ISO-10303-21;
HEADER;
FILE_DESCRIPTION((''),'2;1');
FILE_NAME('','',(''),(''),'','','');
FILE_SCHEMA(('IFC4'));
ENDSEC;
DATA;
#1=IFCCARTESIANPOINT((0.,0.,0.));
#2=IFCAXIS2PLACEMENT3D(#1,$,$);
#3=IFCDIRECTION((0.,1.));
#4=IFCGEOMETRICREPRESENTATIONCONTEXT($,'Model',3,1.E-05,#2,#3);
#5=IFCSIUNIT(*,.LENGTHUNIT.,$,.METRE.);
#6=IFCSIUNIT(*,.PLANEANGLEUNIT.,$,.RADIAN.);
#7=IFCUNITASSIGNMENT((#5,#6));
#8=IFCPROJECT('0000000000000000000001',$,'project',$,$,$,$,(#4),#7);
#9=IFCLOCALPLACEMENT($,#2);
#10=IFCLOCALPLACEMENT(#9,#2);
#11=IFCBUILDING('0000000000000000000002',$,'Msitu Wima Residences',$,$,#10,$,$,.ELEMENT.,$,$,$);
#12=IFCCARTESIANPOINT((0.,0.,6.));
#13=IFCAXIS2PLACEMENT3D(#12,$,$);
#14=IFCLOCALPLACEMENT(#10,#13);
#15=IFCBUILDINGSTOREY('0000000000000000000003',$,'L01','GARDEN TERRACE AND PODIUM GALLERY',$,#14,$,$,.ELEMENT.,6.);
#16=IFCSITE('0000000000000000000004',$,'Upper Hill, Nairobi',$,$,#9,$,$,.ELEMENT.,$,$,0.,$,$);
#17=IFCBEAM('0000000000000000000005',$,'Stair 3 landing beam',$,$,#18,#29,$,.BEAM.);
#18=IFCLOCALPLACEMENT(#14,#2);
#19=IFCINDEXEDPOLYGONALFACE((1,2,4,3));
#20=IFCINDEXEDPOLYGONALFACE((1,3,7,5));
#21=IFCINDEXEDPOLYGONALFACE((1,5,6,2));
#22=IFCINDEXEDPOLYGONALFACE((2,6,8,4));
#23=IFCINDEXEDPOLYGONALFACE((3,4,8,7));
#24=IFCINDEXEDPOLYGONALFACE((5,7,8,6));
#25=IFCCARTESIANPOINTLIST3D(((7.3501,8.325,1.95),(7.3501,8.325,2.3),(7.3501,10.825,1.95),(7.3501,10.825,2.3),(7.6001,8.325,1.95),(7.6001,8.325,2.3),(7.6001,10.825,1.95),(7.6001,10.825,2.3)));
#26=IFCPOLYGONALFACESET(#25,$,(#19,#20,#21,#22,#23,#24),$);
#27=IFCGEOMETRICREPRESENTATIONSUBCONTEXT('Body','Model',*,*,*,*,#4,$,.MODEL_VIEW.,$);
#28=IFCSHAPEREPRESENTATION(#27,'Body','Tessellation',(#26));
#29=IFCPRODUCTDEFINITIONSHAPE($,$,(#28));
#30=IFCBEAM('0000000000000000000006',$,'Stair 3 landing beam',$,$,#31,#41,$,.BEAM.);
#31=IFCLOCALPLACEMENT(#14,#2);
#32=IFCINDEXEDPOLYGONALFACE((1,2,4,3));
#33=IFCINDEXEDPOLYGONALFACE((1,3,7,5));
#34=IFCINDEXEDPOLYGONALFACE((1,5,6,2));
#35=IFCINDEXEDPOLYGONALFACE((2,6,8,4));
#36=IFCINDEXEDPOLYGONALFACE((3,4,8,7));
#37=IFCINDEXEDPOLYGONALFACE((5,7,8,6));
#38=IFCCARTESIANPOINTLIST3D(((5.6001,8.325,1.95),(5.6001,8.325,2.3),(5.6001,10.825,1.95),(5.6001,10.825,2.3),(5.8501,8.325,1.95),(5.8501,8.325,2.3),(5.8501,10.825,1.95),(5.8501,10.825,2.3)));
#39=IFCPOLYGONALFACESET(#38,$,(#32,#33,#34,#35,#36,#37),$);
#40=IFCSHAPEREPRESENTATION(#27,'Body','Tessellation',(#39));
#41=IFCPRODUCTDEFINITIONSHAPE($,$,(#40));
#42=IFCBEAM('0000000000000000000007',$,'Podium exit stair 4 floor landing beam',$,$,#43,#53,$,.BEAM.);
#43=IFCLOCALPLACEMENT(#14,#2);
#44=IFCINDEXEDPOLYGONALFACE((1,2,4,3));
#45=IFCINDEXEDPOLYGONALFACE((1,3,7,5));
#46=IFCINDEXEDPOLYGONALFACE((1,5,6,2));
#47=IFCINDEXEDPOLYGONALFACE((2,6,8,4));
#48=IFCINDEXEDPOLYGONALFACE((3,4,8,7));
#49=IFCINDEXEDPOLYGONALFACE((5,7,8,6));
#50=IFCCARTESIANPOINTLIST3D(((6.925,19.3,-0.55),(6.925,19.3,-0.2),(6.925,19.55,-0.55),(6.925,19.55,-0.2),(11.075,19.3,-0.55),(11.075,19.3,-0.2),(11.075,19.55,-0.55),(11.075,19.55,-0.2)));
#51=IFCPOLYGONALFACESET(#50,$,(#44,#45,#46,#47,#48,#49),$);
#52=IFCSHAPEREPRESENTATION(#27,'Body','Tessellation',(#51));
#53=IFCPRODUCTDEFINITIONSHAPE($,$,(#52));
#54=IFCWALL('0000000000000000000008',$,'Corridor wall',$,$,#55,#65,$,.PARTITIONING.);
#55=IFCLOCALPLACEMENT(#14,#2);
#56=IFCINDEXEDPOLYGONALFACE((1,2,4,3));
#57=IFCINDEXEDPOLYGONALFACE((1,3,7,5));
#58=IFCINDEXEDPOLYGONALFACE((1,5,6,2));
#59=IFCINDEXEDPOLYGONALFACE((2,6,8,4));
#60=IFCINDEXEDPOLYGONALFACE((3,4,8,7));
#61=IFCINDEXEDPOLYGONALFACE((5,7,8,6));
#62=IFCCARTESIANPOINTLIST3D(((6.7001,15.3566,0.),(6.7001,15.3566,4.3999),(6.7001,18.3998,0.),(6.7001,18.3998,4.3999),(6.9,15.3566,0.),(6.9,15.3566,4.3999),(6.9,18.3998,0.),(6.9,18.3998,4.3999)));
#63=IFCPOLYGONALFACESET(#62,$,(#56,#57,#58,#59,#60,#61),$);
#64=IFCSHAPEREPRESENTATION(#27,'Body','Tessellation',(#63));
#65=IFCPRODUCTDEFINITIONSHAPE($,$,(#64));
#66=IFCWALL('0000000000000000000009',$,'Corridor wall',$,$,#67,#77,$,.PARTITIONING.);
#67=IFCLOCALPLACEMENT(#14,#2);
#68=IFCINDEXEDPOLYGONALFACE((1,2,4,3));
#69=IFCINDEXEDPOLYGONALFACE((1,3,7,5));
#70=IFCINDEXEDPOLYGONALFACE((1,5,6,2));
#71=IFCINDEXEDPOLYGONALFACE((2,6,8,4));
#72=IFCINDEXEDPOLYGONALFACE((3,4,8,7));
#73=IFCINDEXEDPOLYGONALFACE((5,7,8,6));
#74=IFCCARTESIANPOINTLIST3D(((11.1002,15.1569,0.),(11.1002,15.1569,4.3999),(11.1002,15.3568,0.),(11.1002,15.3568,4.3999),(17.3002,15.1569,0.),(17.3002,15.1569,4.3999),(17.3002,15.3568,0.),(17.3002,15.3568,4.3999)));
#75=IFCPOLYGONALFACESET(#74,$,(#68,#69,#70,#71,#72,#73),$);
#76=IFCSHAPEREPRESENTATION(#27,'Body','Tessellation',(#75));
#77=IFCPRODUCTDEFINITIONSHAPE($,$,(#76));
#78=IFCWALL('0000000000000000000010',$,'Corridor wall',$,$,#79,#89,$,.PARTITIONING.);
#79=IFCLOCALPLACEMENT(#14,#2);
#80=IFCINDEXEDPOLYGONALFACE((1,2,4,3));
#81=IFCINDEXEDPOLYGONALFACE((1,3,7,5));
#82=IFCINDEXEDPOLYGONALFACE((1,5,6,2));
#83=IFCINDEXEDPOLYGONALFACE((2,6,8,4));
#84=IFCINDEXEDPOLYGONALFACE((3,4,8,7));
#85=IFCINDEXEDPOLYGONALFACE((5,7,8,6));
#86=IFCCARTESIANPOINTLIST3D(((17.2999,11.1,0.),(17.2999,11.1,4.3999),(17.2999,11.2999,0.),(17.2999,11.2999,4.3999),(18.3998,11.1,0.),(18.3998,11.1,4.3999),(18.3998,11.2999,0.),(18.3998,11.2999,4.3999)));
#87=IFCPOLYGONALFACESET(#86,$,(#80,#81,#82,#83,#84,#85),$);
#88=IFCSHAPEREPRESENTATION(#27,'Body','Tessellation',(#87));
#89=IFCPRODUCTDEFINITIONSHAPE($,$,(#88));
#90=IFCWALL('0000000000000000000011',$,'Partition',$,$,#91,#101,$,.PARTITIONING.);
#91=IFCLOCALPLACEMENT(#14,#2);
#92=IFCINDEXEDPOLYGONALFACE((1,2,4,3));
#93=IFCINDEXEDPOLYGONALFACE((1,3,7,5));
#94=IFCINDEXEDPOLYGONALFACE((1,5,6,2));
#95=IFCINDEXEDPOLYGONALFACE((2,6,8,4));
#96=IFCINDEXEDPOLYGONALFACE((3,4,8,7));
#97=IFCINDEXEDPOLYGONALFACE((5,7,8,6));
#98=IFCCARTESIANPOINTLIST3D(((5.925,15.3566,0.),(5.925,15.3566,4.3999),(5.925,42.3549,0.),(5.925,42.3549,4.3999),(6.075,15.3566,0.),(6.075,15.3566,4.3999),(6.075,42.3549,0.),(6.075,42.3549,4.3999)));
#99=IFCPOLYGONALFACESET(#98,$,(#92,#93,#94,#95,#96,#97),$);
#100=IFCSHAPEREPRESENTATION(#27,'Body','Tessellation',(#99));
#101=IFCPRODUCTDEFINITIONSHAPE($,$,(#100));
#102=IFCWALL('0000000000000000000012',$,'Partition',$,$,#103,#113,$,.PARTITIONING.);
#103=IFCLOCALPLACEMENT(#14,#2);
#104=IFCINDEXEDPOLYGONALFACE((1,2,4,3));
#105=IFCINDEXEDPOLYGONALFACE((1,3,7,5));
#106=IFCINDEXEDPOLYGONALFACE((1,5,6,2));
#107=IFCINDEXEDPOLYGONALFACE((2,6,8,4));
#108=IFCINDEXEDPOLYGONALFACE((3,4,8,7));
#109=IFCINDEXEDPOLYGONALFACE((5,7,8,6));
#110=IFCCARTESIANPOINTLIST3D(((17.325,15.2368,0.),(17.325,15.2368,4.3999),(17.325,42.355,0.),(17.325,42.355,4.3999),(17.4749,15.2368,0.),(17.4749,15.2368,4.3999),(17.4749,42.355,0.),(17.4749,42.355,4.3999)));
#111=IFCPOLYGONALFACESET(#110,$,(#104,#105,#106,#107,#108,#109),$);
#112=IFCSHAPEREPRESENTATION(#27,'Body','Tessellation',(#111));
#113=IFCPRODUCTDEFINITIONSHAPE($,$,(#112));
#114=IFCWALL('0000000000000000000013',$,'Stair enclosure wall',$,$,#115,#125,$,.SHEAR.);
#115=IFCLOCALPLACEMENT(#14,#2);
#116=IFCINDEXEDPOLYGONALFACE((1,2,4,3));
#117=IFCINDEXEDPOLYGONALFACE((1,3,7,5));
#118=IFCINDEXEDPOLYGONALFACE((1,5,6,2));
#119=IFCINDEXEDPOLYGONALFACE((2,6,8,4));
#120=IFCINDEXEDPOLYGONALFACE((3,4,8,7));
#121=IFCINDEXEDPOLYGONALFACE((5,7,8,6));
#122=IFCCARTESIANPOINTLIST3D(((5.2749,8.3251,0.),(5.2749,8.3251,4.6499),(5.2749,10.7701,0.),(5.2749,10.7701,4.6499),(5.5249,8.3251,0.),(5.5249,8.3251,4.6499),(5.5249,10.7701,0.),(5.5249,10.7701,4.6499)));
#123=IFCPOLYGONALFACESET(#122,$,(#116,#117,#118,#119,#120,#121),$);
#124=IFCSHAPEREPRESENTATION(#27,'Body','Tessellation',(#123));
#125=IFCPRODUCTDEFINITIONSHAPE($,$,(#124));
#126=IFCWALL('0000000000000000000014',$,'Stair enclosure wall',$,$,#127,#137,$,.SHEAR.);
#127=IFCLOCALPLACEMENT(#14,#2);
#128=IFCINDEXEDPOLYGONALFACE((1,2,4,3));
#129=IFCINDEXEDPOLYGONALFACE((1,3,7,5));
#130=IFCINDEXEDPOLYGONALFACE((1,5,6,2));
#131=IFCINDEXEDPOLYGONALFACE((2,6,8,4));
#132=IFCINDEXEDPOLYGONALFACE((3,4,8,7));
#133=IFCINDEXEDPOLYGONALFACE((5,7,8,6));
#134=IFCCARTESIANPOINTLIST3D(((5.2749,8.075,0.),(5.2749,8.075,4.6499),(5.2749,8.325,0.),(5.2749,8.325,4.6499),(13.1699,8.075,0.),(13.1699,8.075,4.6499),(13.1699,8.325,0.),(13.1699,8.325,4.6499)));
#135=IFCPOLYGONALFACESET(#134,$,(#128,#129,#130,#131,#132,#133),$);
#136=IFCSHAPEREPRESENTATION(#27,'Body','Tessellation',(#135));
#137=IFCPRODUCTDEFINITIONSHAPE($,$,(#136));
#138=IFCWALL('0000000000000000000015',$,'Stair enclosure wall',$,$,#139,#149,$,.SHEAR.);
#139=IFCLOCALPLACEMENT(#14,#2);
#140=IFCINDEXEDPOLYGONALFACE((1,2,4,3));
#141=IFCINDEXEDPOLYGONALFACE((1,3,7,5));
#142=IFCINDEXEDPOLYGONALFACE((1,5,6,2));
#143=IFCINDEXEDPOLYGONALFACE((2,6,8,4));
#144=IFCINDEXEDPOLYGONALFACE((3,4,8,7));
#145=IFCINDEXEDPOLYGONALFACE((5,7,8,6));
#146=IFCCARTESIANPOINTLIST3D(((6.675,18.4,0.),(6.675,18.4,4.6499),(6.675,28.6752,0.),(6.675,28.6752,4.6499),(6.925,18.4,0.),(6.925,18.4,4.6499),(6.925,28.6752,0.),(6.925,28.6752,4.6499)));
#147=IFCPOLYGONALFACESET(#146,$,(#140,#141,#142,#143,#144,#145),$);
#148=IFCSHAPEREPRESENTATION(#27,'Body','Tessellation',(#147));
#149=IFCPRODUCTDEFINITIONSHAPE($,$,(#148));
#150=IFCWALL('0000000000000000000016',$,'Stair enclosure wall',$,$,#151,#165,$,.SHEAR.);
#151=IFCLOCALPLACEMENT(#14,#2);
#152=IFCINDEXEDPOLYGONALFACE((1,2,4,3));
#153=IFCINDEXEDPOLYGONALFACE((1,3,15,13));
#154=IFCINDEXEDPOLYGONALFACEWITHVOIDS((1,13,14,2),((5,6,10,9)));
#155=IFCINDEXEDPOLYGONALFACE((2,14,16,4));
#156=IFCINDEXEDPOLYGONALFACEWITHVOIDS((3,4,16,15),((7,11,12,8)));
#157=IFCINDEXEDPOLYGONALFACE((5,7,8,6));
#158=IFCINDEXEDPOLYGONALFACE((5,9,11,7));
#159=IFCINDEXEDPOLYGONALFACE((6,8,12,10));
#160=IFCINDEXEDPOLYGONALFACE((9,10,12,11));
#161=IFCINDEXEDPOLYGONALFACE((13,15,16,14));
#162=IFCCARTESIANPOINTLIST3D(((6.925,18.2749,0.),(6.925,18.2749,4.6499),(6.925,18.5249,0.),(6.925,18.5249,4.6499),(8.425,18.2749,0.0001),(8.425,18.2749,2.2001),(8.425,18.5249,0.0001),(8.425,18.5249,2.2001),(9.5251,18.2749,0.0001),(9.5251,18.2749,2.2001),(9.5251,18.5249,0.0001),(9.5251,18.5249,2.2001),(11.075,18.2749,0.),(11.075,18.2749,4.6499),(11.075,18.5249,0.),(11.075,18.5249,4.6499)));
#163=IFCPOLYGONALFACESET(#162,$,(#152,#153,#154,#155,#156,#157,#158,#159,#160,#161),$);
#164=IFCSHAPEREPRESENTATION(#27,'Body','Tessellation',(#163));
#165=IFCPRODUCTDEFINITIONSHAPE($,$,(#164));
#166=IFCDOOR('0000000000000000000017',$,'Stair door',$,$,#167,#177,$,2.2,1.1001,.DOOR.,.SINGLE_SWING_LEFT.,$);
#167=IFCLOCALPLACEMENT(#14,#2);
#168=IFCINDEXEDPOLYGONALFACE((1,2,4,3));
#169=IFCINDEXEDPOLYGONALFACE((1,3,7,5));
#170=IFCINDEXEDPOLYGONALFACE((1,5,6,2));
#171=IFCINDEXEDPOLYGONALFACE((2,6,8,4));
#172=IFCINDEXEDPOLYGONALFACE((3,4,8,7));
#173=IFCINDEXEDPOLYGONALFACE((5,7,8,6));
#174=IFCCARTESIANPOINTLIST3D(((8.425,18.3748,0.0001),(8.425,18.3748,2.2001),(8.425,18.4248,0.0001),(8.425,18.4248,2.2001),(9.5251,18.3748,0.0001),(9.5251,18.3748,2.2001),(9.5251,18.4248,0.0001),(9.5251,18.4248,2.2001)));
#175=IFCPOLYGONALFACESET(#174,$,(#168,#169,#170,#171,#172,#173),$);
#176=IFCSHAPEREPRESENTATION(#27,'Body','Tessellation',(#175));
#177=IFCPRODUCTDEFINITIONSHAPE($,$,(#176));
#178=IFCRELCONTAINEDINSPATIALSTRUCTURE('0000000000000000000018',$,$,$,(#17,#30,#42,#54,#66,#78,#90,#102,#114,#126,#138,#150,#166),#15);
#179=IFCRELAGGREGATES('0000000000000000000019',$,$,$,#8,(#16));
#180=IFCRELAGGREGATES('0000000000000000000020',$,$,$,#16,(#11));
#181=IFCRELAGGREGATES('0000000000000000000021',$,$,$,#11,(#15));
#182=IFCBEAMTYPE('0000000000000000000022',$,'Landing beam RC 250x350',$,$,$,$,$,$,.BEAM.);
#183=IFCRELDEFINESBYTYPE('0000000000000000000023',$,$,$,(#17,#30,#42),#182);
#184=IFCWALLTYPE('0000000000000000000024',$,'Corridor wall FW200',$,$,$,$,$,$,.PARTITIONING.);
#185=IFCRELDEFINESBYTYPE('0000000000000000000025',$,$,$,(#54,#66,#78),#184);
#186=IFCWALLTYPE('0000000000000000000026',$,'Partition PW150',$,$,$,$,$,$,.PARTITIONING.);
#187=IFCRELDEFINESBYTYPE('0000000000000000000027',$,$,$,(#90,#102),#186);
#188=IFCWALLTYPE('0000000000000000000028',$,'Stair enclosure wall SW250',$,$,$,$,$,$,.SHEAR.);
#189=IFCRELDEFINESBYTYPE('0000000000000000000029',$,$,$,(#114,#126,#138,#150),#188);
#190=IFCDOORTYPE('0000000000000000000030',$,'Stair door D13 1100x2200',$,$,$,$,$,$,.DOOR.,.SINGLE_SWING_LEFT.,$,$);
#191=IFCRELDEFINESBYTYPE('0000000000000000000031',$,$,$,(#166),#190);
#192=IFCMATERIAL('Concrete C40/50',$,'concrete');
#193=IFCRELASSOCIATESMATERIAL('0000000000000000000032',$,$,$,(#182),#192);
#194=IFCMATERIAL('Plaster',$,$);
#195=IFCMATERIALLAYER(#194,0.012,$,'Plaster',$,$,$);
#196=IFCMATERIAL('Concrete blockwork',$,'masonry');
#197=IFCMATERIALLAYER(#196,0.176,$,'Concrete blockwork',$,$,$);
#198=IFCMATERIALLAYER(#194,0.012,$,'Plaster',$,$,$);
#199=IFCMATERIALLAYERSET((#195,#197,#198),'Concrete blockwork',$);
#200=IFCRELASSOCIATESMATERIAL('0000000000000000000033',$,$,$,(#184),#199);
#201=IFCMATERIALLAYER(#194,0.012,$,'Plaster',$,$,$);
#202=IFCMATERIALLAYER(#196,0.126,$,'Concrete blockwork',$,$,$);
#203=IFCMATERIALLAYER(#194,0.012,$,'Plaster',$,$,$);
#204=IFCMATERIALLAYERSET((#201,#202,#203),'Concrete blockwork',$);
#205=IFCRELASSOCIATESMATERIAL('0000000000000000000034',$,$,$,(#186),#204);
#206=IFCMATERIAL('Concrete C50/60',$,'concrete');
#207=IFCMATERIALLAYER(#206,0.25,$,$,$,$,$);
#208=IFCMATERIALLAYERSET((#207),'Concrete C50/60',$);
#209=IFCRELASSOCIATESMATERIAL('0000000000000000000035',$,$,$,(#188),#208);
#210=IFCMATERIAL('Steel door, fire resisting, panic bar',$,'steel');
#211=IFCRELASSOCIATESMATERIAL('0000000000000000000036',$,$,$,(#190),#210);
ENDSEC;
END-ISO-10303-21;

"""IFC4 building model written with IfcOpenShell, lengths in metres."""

from ifc_helpers import new_model, si_unit, direction, frame, frame_2d, origin, origin_2d, place, context, subcontext, project, spatial, rectangle, extrude, material, layer, layer_set, material_profile, profile_set, type_object, element, fill, save


model = new_model("IFC4")

# Units and contexts
model_context = context("Model", 3, precision=1e-05, world=origin(), true_north=direction((0.0, 1.0)))
body_context = subcontext(model_context, "Body", "Model", "MODEL_VIEW")
ifc_project = project(units=[si_unit("LENGTHUNIT", "METRE"), si_unit("PLANEANGLEUNIT", "RADIAN")], contexts=[model_context])

# Site, building, storey
site_placement = place(None, origin())
site = spatial("IfcSite", under=ifc_project, at=site_placement, Name="Upper Hill, Nairobi", CompositionType="ELEMENT", RefElevation=0.0)
building_placement = place(site_placement, origin())
building = spatial("IfcBuilding", under=site, at=building_placement, Name="Msitu Wima Residences", CompositionType="ELEMENT")
storey_placement = place(building_placement, frame((0.0, 0.0, 6.0)))
storey = spatial("IfcBuildingStorey", under=building, at=storey_placement, Name="L01", Description="GARDEN TERRACE AND PODIUM GALLERY", CompositionType="ELEMENT", Elevation=6.0)

# Beams
ifc_material_1 = material(Name="Concrete C40/50", Category="concrete")
ifc_material_profile = material_profile(ifc_material_1, rectangle(XDim=0.25, YDim=0.3501, at=origin_2d()), Name="RC 250x350")
ifc_profile_set = profile_set([ifc_material_profile], Name="Concrete C40/50")
beam_type = type_object("IfcBeamType", Name="Landing beam RC 250x350", PredefinedType="BEAM", material=ifc_profile_set)
for number, where, z_axis, x_axis, name in (
    (1, (7.4751, 8.325, 2.125), (0.0, 1.0, 0.0), (-1.0, 0.0, 0.0), "Stair 3 landing beam"),
    (2, (5.7251, 8.325, 2.125), (0.0, 1.0, 0.0), (-1.0, 0.0, 0.0), "Stair 3 landing beam"),
):
    element("IfcBeam", number, at=place(storey_placement, frame(where, z_axis=z_axis, x_axis=x_axis)), inside=storey, type_object=beam_type, Name=name, PredefinedType="BEAM", context=body_context, shape_type="SweptSolid", body=[
        extrude(rectangle(XDim=0.25, YDim=0.3501, at=origin_2d()), origin(), (0.0, 0.0, 1.0), 2.5),
    ])
beam_placement = place(storey_placement, frame((6.925, 19.425, -0.375), z_axis=(1.0, 0.0, 0.0), x_axis=(0.0, 1.0, 0.0)))
element("IfcBeam", 3, at=beam_placement, inside=storey, type_object=beam_type, Name="Podium exit stair 4 floor landing beam", PredefinedType="BEAM", context=body_context, shape_type="SweptSolid", body=[
    extrude(rectangle(XDim=0.25, YDim=0.3501, at=origin_2d()), origin(), (0.0, 0.0, 1.0), 4.1499),
])

# Wall
ifc_material_2 = material(Name="Plaster")
ifc_layer_1 = layer(ifc_material_2, 0.012, Name="Plaster")
ifc_material_3 = material(Name="Concrete blockwork", Category="masonry")
ifc_layer_2 = layer(ifc_material_3, 0.176, Name="Concrete blockwork")
ifc_layer_3 = layer(ifc_material_2, 0.012, Name="Plaster")
ifc_layer_set_1 = layer_set([ifc_layer_1, ifc_layer_2, ifc_layer_3], Name="Concrete blockwork")
wall_type_1 = type_object("IfcWallType", Name="Corridor wall FW200", PredefinedType="PARTITIONING", material=ifc_layer_set_1)
wall_1_placement = place(storey_placement, frame((6.8, 15.3567, 0.0), z_axis=(0.0, 0.0, 1.0), x_axis=(0.0, 1.0, 0.0)))
element("IfcWall", 4, at=wall_1_placement, inside=storey, type_object=wall_type_1, Name="Corridor wall", PredefinedType="PARTITIONING", context=body_context, shape_type="SweptSolid", body=[
    extrude(rectangle(XDim=3.0432, YDim=0.2, at=frame_2d((1.5215, 0.0))), origin(), (0.0, 0.0, 1.0), 4.3999),
])

# Wall
wall_2_placement = place(storey_placement, frame((11.1001, 15.2568, 0.0), z_axis=(0.0, 0.0, 1.0), x_axis=(1.0, 0.0, 0.0)))
element("IfcWall", 5, at=wall_2_placement, inside=storey, type_object=wall_type_1, Name="Corridor wall", PredefinedType="PARTITIONING", context=body_context, shape_type="SweptSolid", body=[
    extrude(rectangle(XDim=6.2, YDim=0.2, at=frame_2d((3.1001, 0.0))), origin(), (0.0, 0.0, 1.0), 4.3999),
])

# Walls
wall_3_placement = place(storey_placement, frame((17.3, 11.2, 0.0), z_axis=(0.0, 0.0, 1.0), x_axis=(1.0, 0.0, 0.0)))
element("IfcWall", 6, at=wall_3_placement, inside=storey, type_object=wall_type_1, Name="Corridor wall", PredefinedType="PARTITIONING", context=body_context, shape_type="SweptSolid", body=[
    extrude(rectangle(XDim=1.0999, YDim=0.2, at=frame_2d((0.5498, 0.0))), origin(), (0.0, 0.0, 1.0), 4.3999),
])
ifc_layer_4 = layer(ifc_material_2, 0.012, Name="Plaster")
ifc_layer_5 = layer(ifc_material_3, 0.126, Name="Concrete blockwork")
ifc_layer_6 = layer(ifc_material_2, 0.012, Name="Plaster")
ifc_layer_set_2 = layer_set([ifc_layer_4, ifc_layer_5, ifc_layer_6], Name="Concrete blockwork")
wall_type_2 = type_object("IfcWallType", Name="Partition PW150", PredefinedType="PARTITIONING", material=ifc_layer_set_2)
wall_4_placement = place(storey_placement, frame((6.0, 15.3567, 0.0), z_axis=(0.0, 0.0, 1.0), x_axis=(0.0, 1.0, 0.0)))
element("IfcWall", 7, at=wall_4_placement, inside=storey, type_object=wall_type_2, Name="Partition", PredefinedType="PARTITIONING", context=body_context, shape_type="SweptSolid", body=[
    extrude(rectangle(XDim=26.9983, YDim=0.1499, at=frame_2d((13.499, 0.0))), origin(), (0.0, 0.0, 1.0), 4.3999),
])
wall_5_placement = place(storey_placement, frame((17.3999, 15.2368, 0.0), z_axis=(0.0, 0.0, 1.0), x_axis=(0.0, 1.0, 0.0)))
element("IfcWall", 8, at=wall_5_placement, inside=storey, type_object=wall_type_2, Name="Partition", PredefinedType="PARTITIONING", context=body_context, shape_type="SweptSolid", body=[
    extrude(rectangle(XDim=27.1182, YDim=0.1499, at=frame_2d((13.5591, 0.0))), origin(), (0.0, 0.0, 1.0), 4.3999),
])
ifc_material_4 = material(Name="Concrete C50/60", Category="concrete")
ifc_layer_7 = layer(ifc_material_4, 0.25)
ifc_layer_set_3 = layer_set([ifc_layer_7], Name="Concrete C50/60")
wall_type_3 = type_object("IfcWallType", Name="Stair enclosure wall SW250", PredefinedType="SHEAR", material=ifc_layer_set_3)
wall_6_placement = place(storey_placement, frame((5.3999, 8.325, 0.0), z_axis=(0.0, 0.0, 1.0), x_axis=(0.0, 1.0, 0.0)))
element("IfcWall", 9, at=wall_6_placement, inside=storey, type_object=wall_type_3, Name="Stair enclosure wall", PredefinedType="SHEAR", context=body_context, shape_type="SweptSolid", body=[
    extrude(rectangle(XDim=2.4451, YDim=0.25, at=frame_2d((1.2227, 0.0))), origin(), (0.0, 0.0, 1.0), 4.6499),
])
wall_7_placement = place(storey_placement, frame((5.2749, 8.2, 0.0), z_axis=(0.0, 0.0, 1.0), x_axis=(1.0, 0.0, 0.0)))
element("IfcWall", 10, at=wall_7_placement, inside=storey, type_object=wall_type_3, Name="Stair enclosure wall", PredefinedType="SHEAR", context=body_context, shape_type="SweptSolid", body=[
    extrude(rectangle(XDim=7.895, YDim=0.25, at=frame_2d((3.9475, 0.0))), origin(), (0.0, 0.0, 1.0), 4.6499),
])
wall_8_placement = place(storey_placement, frame((6.8, 18.3999, 0.0), z_axis=(0.0, 0.0, 1.0), x_axis=(0.0, 1.0, 0.0)))
element("IfcWall", 11, at=wall_8_placement, inside=storey, type_object=wall_type_3, Name="Stair enclosure wall", PredefinedType="SHEAR", context=body_context, shape_type="SweptSolid", body=[
    extrude(rectangle(XDim=10.2751, YDim=0.25, at=frame_2d((5.1377, 0.0))), origin(), (0.0, 0.0, 1.0), 4.6499),
])

# Wall, opening, door
wall_9_placement = place(storey_placement, frame((6.925, 18.3999, 0.0), z_axis=(0.0, 0.0, 1.0), x_axis=(1.0, 0.0, 0.0)))
wall_9 = element("IfcWall", 12, at=wall_9_placement, inside=storey, type_object=wall_type_3, Name="Stair enclosure wall", PredefinedType="SHEAR", context=body_context, shape_type="SweptSolid", body=[
    extrude(rectangle(XDim=4.1499, YDim=0.25, at=frame_2d((2.075, 0.0))), origin(), (0.0, 0.0, 1.0), 4.6499),
])
opening_1_placement = place(wall_9_placement, frame((1.5, 0.0, 0.0)))
opening_1 = element("IfcOpeningElement", 13, at=opening_1_placement, cuts=wall_9, PredefinedType="OPENING", context=body_context, shape_type="SweptSolid", body=[
    extrude(rectangle(XDim=1.1001, YDim=2.2, at=frame_2d((0.55, 1.1001))), frame((0.0, 0.135, 0.0), z_axis=(0.0, -1.0, 0.0), x_axis=(1.0, 0.0, 0.0)), (0.0, 0.0, 1.0), 0.27),
])
ifc_material_5 = material(Name="Steel door, fire resisting, panic bar", Category="steel")
door_type_1 = type_object("IfcDoorType", Name="Stair door D13 1100x2200", OperationType="SINGLE_SWING_LEFT", PredefinedType="DOOR", material=ifc_material_5)
door_1_placement = place(opening_1_placement, origin())
door_1 = element("IfcDoor", 14, at=door_1_placement, inside=storey, type_object=door_type_1, Name="Stair door", OperationType="SINGLE_SWING_LEFT", OverallHeight=2.2, OverallWidth=1.1001, PredefinedType="DOOR", context=body_context, shape_type="SweptSolid", body=[
    extrude(rectangle(XDim=1.1001, YDim=2.2, at=frame_2d((0.55, 1.1001))), frame((0.0, 0.0249, 0.0), z_axis=(0.0, -1.0, 0.0), x_axis=(1.0, 0.0, 0.0)), (0.0, 0.0, 1.0), 0.05),
])
fill(opening_1, door_1)

save(model, "model.ifc")
